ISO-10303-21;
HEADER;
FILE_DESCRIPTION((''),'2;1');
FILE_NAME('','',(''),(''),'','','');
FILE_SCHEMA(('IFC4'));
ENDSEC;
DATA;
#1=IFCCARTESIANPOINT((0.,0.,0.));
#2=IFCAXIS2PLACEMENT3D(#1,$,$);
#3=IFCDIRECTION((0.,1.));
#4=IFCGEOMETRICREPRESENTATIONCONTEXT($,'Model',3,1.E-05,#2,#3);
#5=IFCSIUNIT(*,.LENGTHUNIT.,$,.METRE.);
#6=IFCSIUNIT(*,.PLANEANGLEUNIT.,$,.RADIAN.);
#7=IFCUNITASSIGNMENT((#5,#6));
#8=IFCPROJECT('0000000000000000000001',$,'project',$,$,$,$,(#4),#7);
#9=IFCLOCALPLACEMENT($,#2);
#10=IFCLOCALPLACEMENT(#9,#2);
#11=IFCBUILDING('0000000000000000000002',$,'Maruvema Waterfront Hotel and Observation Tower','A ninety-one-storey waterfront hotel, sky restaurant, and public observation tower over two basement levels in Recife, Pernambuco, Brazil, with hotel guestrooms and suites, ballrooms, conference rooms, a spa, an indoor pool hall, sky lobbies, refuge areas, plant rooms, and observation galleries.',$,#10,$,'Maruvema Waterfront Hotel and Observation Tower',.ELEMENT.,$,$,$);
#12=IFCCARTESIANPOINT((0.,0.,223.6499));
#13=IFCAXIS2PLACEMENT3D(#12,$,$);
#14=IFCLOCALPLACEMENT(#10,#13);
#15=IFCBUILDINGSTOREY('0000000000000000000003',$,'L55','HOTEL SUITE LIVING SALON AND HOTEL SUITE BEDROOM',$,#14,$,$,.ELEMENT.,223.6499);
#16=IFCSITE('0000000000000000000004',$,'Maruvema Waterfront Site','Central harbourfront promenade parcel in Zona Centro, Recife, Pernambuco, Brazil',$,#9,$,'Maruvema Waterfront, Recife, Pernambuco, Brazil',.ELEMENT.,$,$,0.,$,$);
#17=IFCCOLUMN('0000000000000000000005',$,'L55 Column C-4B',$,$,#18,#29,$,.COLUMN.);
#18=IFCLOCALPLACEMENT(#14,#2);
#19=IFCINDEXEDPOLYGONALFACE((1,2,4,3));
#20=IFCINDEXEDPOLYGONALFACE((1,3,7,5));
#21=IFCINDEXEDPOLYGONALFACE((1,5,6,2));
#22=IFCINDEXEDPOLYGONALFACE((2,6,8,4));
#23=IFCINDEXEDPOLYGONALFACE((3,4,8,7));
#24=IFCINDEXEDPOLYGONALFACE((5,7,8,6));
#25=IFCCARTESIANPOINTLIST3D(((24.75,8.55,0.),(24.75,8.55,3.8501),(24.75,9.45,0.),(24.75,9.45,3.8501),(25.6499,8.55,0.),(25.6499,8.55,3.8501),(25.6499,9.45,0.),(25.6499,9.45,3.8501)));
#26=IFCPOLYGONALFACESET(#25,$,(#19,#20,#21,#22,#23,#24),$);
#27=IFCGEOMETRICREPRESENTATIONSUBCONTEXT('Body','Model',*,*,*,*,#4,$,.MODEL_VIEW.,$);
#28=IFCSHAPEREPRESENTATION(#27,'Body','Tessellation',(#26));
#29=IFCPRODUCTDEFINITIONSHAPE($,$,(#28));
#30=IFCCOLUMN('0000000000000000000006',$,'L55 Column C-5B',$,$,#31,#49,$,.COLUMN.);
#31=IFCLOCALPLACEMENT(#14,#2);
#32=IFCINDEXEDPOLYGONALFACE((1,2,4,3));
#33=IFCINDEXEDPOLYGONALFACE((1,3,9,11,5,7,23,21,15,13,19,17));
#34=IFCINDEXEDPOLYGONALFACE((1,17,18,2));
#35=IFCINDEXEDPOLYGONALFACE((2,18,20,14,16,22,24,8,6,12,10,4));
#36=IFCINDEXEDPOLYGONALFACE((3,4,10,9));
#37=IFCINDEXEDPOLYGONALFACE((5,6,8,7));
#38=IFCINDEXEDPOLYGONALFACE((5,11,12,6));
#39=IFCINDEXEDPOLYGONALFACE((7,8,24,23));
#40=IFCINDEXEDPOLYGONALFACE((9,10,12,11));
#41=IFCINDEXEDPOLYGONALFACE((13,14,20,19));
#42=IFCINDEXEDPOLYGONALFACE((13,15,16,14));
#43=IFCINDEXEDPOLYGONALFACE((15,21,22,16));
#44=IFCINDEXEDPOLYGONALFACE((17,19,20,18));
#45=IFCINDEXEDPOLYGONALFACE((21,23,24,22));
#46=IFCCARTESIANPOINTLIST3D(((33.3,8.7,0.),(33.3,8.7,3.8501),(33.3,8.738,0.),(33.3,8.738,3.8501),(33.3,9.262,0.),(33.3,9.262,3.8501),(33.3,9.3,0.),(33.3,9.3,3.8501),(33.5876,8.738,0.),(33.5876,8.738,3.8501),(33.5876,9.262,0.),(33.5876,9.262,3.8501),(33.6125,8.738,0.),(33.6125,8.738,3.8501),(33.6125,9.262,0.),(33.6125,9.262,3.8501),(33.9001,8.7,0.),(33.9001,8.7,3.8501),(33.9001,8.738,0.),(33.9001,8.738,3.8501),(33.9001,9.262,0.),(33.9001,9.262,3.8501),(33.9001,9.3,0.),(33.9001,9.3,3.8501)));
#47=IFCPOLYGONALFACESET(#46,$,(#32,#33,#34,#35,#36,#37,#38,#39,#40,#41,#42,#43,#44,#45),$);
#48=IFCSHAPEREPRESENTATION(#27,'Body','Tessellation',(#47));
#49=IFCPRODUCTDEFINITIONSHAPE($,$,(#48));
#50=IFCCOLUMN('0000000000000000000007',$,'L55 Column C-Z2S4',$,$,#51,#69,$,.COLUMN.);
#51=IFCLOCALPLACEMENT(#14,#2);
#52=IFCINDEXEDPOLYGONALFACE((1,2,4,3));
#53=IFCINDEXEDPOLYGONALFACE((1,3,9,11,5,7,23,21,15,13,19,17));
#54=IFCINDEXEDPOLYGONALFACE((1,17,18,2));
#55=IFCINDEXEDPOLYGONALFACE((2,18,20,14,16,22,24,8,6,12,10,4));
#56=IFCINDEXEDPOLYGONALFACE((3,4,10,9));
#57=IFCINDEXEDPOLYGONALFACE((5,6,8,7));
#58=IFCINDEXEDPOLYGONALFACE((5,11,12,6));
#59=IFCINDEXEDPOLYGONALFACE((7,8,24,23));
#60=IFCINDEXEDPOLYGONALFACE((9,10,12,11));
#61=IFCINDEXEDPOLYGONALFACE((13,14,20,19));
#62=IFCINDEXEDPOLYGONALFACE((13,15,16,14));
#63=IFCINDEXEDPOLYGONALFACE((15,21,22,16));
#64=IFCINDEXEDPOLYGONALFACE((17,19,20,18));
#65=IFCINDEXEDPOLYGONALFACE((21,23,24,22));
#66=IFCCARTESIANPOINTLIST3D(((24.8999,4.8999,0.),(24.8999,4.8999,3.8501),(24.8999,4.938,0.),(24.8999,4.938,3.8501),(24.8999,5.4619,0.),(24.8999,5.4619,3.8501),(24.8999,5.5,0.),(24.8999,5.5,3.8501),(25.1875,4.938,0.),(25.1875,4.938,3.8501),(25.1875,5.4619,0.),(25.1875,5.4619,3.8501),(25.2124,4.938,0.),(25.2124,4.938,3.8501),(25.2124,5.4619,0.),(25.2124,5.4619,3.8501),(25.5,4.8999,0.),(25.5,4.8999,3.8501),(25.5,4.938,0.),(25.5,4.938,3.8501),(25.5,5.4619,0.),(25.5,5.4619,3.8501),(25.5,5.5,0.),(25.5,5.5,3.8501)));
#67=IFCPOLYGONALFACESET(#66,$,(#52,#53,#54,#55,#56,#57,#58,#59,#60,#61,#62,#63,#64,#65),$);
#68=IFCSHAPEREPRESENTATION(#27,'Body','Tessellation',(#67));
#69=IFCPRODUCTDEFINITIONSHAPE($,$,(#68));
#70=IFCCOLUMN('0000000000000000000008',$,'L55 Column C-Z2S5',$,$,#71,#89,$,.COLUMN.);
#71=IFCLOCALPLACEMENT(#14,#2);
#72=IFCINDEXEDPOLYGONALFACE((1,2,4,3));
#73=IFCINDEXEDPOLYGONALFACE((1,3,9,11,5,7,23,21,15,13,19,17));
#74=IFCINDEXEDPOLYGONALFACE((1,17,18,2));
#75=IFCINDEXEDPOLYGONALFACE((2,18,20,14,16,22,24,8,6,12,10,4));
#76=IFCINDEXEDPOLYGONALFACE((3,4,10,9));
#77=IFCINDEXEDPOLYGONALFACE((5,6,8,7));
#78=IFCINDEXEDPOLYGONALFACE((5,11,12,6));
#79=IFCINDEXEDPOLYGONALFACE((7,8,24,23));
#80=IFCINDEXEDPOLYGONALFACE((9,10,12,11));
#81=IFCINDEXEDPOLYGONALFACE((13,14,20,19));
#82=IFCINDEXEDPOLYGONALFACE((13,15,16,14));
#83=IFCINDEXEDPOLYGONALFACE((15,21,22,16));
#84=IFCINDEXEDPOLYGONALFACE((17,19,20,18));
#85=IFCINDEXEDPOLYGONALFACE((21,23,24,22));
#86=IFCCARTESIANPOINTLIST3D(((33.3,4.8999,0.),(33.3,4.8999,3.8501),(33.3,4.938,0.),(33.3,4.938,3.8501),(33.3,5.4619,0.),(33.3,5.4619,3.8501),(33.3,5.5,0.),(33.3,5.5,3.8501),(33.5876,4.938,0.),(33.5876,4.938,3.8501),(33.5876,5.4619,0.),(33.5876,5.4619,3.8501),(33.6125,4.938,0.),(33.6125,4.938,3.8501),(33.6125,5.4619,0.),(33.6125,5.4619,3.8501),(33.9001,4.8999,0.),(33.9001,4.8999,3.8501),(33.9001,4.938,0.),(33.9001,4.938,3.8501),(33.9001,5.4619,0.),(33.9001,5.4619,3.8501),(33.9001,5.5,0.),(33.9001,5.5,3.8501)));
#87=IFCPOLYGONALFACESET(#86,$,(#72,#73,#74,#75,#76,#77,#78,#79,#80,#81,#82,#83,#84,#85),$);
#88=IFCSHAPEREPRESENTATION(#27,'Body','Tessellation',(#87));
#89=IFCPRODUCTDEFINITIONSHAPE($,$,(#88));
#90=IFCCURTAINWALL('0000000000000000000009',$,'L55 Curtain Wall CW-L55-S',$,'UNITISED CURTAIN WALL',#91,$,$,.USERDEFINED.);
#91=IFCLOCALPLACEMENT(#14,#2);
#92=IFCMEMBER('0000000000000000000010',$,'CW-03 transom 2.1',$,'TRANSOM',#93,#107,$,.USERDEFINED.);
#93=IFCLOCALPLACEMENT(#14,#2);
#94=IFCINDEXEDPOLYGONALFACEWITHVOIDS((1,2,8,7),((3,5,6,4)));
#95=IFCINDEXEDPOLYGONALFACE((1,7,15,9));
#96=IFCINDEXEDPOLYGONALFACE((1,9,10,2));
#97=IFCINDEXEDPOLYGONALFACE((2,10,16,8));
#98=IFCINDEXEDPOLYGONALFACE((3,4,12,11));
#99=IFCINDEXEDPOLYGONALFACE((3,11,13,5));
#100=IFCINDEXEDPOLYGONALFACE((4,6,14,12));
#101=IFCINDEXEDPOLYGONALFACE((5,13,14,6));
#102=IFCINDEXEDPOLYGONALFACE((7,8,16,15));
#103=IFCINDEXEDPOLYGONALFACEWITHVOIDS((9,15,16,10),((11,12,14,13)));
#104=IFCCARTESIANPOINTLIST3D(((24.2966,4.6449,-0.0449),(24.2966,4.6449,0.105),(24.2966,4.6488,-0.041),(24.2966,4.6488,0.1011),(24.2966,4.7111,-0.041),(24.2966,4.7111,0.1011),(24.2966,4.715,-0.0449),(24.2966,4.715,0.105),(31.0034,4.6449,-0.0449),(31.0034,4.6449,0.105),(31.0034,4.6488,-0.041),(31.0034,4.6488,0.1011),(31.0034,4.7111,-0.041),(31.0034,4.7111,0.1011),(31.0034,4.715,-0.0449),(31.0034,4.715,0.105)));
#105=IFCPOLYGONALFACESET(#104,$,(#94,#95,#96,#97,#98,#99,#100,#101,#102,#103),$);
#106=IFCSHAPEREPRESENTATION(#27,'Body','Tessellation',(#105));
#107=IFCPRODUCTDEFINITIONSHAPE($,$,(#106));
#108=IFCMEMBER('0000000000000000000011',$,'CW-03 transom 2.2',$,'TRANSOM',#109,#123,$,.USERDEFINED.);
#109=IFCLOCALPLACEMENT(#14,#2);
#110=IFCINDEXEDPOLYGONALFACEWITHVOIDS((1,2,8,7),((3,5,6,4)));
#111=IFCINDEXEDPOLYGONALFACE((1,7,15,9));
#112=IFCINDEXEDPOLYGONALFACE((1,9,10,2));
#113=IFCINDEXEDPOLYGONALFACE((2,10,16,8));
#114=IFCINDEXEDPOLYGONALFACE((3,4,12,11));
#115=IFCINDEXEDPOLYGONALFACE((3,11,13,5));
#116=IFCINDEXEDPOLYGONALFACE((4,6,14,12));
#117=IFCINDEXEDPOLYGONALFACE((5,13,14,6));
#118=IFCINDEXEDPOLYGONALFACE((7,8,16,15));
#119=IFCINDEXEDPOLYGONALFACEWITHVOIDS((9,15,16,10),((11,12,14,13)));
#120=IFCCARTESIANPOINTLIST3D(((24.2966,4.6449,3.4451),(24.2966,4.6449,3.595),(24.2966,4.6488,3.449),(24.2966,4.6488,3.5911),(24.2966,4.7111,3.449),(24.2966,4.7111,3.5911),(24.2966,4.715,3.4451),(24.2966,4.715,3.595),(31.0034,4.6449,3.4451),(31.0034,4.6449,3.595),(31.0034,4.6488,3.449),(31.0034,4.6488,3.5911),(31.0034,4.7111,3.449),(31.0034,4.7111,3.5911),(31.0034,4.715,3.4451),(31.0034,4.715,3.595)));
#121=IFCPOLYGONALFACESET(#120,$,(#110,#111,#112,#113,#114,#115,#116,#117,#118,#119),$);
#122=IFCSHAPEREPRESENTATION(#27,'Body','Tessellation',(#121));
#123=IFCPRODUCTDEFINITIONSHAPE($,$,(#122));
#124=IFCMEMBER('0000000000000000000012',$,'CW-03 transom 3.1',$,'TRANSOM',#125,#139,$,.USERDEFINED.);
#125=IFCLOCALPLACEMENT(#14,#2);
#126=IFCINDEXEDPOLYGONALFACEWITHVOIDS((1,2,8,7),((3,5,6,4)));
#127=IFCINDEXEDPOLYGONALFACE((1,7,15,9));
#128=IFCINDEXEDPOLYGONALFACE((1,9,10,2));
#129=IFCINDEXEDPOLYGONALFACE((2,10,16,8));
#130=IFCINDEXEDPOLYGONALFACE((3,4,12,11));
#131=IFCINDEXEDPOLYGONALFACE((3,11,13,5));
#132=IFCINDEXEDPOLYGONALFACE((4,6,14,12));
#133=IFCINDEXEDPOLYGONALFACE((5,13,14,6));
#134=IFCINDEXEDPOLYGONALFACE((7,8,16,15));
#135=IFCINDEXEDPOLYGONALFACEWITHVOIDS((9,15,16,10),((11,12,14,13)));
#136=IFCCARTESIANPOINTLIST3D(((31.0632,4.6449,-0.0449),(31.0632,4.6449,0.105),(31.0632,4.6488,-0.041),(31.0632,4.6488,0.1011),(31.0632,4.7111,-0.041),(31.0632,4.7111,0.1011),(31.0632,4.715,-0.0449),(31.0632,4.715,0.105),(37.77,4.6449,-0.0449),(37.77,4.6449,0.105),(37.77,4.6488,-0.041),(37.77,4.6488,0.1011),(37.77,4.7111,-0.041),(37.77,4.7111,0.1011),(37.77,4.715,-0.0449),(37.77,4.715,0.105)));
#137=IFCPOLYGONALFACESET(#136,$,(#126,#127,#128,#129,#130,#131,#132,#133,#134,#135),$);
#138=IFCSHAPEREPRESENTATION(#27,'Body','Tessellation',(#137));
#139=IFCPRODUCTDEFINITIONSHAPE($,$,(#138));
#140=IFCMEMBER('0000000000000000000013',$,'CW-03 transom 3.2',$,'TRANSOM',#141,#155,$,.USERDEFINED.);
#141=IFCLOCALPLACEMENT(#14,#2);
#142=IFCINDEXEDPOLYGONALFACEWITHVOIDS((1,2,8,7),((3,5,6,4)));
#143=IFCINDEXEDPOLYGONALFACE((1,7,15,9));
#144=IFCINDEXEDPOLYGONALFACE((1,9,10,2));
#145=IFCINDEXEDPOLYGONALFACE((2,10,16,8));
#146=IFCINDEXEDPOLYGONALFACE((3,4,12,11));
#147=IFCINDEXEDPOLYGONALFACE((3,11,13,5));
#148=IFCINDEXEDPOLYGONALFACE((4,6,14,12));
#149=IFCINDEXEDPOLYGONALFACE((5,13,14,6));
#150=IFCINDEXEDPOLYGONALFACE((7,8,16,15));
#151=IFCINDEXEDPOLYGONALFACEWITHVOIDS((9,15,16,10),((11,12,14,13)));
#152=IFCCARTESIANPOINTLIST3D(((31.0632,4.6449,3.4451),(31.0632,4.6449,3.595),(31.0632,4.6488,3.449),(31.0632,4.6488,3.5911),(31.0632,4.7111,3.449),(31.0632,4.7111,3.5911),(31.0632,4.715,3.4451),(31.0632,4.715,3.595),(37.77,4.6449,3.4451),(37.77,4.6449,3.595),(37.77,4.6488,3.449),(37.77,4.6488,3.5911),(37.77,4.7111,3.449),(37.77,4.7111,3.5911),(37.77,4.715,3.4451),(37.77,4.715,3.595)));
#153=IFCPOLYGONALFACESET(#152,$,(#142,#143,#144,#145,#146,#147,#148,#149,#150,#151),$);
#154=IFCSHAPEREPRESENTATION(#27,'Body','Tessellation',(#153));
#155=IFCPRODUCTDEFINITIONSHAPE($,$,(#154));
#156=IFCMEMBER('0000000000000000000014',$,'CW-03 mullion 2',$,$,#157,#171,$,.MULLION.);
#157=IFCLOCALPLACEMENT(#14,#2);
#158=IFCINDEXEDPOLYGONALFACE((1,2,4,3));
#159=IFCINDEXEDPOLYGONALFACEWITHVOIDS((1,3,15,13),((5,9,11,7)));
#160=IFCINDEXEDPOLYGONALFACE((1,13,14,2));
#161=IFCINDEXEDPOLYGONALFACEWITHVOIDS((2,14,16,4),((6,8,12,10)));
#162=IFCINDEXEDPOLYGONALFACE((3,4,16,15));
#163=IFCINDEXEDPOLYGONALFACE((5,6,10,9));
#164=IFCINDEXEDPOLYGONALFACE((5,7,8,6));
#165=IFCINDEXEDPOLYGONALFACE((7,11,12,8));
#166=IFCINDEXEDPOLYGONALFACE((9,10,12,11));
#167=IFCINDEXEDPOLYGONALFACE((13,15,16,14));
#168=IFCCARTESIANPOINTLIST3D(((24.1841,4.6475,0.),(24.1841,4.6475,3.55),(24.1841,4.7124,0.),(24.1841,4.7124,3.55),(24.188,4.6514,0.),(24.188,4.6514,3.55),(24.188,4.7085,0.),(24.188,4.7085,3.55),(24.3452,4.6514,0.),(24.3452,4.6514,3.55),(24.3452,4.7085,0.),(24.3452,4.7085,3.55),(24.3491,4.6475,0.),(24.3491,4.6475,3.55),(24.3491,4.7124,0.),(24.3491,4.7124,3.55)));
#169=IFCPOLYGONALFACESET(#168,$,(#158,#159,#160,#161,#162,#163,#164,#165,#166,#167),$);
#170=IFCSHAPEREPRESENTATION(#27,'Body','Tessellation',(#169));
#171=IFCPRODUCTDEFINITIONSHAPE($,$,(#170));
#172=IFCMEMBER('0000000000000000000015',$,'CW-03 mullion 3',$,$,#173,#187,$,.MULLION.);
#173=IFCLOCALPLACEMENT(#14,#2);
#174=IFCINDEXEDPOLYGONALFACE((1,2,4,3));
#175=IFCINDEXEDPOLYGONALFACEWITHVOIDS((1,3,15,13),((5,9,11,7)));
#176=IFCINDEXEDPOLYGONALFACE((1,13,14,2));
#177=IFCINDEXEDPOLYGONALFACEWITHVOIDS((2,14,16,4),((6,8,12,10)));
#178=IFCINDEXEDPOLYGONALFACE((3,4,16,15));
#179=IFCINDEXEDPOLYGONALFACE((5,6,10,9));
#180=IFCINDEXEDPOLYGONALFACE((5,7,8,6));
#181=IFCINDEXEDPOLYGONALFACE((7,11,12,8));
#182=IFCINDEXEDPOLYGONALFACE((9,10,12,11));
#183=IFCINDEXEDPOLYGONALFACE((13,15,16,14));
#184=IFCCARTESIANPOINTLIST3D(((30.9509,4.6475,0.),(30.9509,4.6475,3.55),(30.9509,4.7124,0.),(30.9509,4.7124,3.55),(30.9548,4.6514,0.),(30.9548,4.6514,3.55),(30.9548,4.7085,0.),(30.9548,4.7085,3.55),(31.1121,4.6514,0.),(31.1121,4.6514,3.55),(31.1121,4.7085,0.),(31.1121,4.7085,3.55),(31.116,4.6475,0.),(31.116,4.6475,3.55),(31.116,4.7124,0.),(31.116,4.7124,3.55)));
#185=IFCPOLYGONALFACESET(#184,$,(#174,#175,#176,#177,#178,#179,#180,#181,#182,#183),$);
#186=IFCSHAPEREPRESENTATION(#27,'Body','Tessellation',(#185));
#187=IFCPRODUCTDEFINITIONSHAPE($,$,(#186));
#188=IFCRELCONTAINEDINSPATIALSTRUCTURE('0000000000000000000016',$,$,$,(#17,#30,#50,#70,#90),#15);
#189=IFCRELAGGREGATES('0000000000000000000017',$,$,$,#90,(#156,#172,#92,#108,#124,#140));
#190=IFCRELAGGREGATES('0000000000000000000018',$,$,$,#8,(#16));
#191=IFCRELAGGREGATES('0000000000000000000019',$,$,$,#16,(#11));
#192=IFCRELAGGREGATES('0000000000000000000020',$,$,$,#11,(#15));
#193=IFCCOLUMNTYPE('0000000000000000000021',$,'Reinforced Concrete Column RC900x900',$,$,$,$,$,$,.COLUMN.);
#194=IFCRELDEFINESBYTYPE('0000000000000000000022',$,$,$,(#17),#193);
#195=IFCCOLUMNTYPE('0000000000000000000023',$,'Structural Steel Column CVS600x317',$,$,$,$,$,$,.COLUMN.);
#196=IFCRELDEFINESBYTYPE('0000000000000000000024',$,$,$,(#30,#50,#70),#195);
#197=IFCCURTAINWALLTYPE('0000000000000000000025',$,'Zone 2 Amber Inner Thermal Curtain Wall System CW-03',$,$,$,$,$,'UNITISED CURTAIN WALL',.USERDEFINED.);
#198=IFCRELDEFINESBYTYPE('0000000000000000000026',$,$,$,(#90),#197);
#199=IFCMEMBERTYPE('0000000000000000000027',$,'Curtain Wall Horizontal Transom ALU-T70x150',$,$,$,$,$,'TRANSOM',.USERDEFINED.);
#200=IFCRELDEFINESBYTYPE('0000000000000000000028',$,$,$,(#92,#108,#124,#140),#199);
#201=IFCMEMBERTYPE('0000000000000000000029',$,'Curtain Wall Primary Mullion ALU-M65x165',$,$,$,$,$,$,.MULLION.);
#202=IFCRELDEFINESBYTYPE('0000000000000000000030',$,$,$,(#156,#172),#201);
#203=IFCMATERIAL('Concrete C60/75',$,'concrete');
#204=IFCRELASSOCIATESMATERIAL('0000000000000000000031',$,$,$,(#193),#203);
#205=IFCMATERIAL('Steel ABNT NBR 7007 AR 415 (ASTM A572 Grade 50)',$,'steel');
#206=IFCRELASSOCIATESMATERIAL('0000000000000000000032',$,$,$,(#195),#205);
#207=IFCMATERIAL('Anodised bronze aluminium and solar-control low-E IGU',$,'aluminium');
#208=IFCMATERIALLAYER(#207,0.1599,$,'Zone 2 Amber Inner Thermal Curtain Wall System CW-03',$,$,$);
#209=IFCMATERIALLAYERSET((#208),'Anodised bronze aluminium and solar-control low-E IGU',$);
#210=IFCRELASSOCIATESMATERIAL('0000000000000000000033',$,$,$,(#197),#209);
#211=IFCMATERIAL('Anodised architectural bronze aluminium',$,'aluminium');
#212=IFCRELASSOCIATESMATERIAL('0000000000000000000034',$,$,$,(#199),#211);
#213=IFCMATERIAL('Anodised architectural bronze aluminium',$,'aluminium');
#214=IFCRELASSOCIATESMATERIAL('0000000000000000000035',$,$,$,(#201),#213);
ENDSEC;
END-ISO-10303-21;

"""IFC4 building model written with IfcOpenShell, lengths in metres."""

from ifc_helpers import new_model, si_unit, direction, frame, origin, origin_2d, place, context, subcontext, project, spatial, rectangle, hollow_rectangle, i_section, extrude, material, layer, layer_set, material_profile, profile_set, type_object, element, aggregate, save


model = new_model("IFC4")

# Units and contexts
model_context = context("Model", 3, precision=1e-05, world=origin(), true_north=direction((0.0, 1.0)))
body_context = subcontext(model_context, "Body", "Model", "MODEL_VIEW")
ifc_project = project(units=[si_unit("LENGTHUNIT", "METRE"), si_unit("PLANEANGLEUNIT", "RADIAN")], contexts=[model_context])

# Site, building, storey
site_placement = place(None, origin())
site = spatial("IfcSite", under=ifc_project, at=site_placement, Name="Maruvema Waterfront Site", Description="Central harbourfront promenade parcel in Zona Centro, Recife, Pernambuco, Brazil", LongName="Maruvema Waterfront, Recife, Pernambuco, Brazil", CompositionType="ELEMENT", RefElevation=0.0)
building_placement = place(site_placement, origin())
building = spatial("IfcBuilding", under=site, at=building_placement, Name="Maruvema Waterfront Hotel and Observation Tower", Description="A ninety-one-storey waterfront hotel, sky restaurant, and public observation tower over two basement levels in Recife, Pernambuco, Brazil, with hotel guestrooms and suites, ballrooms, conference rooms, a spa, an indoor pool hall, sky lobbies, refuge areas, plant rooms, and observation galleries.", LongName="Maruvema Waterfront Hotel and Observation Tower", CompositionType="ELEMENT")
storey_placement = place(building_placement, frame((0.0, 0.0, 223.6499)))
storey = spatial("IfcBuildingStorey", under=building, at=storey_placement, Name="L55", Description="HOTEL SUITE LIVING SALON AND HOTEL SUITE BEDROOM", CompositionType="ELEMENT", Elevation=223.6499)

# Columns
ifc_material_1 = material(Name="Concrete C60/75", Category="concrete")
ifc_material_profile_1 = material_profile(ifc_material_1, rectangle(XDim=0.8999, YDim=0.8999, at=origin_2d()), Name="RC900x900")
ifc_profile_set_1 = profile_set([ifc_material_profile_1], Name="Concrete C60/75")
column_type_1 = type_object("IfcColumnType", Name="Reinforced Concrete Column RC900x900", PredefinedType="COLUMN", material=ifc_profile_set_1)
column_placement = place(storey_placement, frame((25.2, 9.0, 0.0), z_axis=(0.0, 0.0, 1.0), x_axis=(1.0, 0.0, 0.0)))
element("IfcColumn", 1, at=column_placement, inside=storey, type_object=column_type_1, Name="L55 Column C-4B", PredefinedType="COLUMN", context=body_context, shape_type="SweptSolid", body=[
    extrude(rectangle(XDim=0.8999, YDim=0.8999, at=origin_2d()), origin(), (0.0, 0.0, 1.0), 3.8501),
])
ifc_material_2 = material(Name="Steel ABNT NBR 7007 AR 415 (ASTM A572 Grade 50)", Category="steel")
ifc_material_profile_2 = material_profile(ifc_material_2, i_section(OverallWidth=0.6001, OverallDepth=0.6001, WebThickness=0.0249, FlangeThickness=0.0381, at=origin_2d()), Name="CVS600x317")
ifc_profile_set_2 = profile_set([ifc_material_profile_2], Name="Steel ABNT NBR 7007 AR 415 (ASTM A572 Grade 50)")
column_type_2 = type_object("IfcColumnType", Name="Structural Steel Column CVS600x317", PredefinedType="COLUMN", material=ifc_profile_set_2)
for number, where, z_axis, x_axis, name in (
    (2, (33.6001, 9.0, 0.0), (0.0, 0.0, 1.0), (1.0, 0.0, 0.0), "L55 Column C-5B"),
    (3, (25.2, 5.2, 0.0), (0.0, 0.0, 1.0), (1.0, 0.0, 0.0), "L55 Column C-Z2S4"),
    (4, (33.6001, 5.2, 0.0), (0.0, 0.0, 1.0), (1.0, 0.0, 0.0), "L55 Column C-Z2S5"),
):
    element("IfcColumn", number, at=place(storey_placement, frame(where, z_axis=z_axis, x_axis=x_axis)), inside=storey, type_object=column_type_2, Name=name, PredefinedType="COLUMN", context=body_context, shape_type="SweptSolid", body=[
        extrude(i_section(OverallWidth=0.6001, OverallDepth=0.6001, WebThickness=0.0249, FlangeThickness=0.0381, at=origin_2d()), origin(), (0.0, 0.0, 1.0), 3.8501),
    ])

# Curtain wall, members
ifc_material_3 = material(Name="Anodised bronze aluminium and solar-control low-E IGU", Category="aluminium")
ifc_layer_1 = layer(ifc_material_3, 0.1599, Name="Zone 2 Amber Inner Thermal Curtain Wall System CW-03")
ifc_layer_set_1 = layer_set([ifc_layer_1], Name="Anodised bronze aluminium and solar-control low-E IGU")
curtain_wall_type = type_object("IfcCurtainWallType", Name="Zone 2 Amber Inner Thermal Curtain Wall System CW-03", ElementType="UNITISED CURTAIN WALL", PredefinedType="USERDEFINED", material=ifc_layer_set_1)
curtain_wall_placement = place(storey_placement, origin())
curtain_wall = element("IfcCurtainWall", 5, at=curtain_wall_placement, inside=storey, type_object=curtain_wall_type, Name="L55 Curtain Wall CW-L55-S", ObjectType="UNITISED CURTAIN WALL", PredefinedType="USERDEFINED")
ifc_material_4 = material(Name="Anodised architectural bronze aluminium", Category="aluminium")
ifc_material_profile_3 = material_profile(ifc_material_4, hollow_rectangle(XDim=0.0701, YDim=0.1499, WallThickness=0.0039, at=origin_2d()), Name="ALU-T70x150")
ifc_profile_set_3 = profile_set([ifc_material_profile_3], Name="Anodised architectural bronze aluminium")
member_type_1 = type_object("IfcMemberType", Name="Curtain Wall Horizontal Transom ALU-T70x150", ElementType="TRANSOM", PredefinedType="USERDEFINED", material=ifc_profile_set_3)
member_1_placement = place(storey_placement, frame((24.2966, 4.6799, 0.03), z_axis=(1.0, 0.0, 0.0), x_axis=(0.0, 1.0, 0.0)))
member_1 = element("IfcMember", 6, at=member_1_placement, type_object=member_type_1, Name="CW-03 transom 2.1", ObjectType="TRANSOM", PredefinedType="USERDEFINED", context=body_context, shape_type="SweptSolid", body=[
    extrude(hollow_rectangle(XDim=0.0701, YDim=0.1499, WallThickness=0.0039, at=origin_2d()), origin(), (0.0, 0.0, 1.0), 6.7068),
])
member_2_placement = place(storey_placement, frame((24.2966, 4.6799, 3.52), z_axis=(1.0, 0.0, 0.0), x_axis=(0.0, 1.0, 0.0)))
member_2 = element("IfcMember", 7, at=member_2_placement, type_object=member_type_1, Name="CW-03 transom 2.2", ObjectType="TRANSOM", PredefinedType="USERDEFINED", context=body_context, shape_type="SweptSolid", body=[
    extrude(hollow_rectangle(XDim=0.0701, YDim=0.1499, WallThickness=0.0039, at=origin_2d()), origin(), (0.0, 0.0, 1.0), 6.7068),
])
member_3_placement = place(storey_placement, frame((31.0632, 4.6799, 0.03), z_axis=(1.0, 0.0, 0.0), x_axis=(0.0, 1.0, 0.0)))
member_3 = element("IfcMember", 8, at=member_3_placement, type_object=member_type_1, Name="CW-03 transom 3.1", ObjectType="TRANSOM", PredefinedType="USERDEFINED", context=body_context, shape_type="SweptSolid", body=[
    extrude(hollow_rectangle(XDim=0.0701, YDim=0.1499, WallThickness=0.0039, at=origin_2d()), origin(), (0.0, 0.0, 1.0), 6.7068),
])
member_4_placement = place(storey_placement, frame((31.0632, 4.6799, 3.52), z_axis=(1.0, 0.0, 0.0), x_axis=(0.0, 1.0, 0.0)))
member_4 = element("IfcMember", 9, at=member_4_placement, type_object=member_type_1, Name="CW-03 transom 3.2", ObjectType="TRANSOM", PredefinedType="USERDEFINED", context=body_context, shape_type="SweptSolid", body=[
    extrude(hollow_rectangle(XDim=0.0701, YDim=0.1499, WallThickness=0.0039, at=origin_2d()), origin(), (0.0, 0.0, 1.0), 6.7068),
])
ifc_material_5 = material(Name="Anodised architectural bronze aluminium", Category="aluminium")
ifc_material_profile_4 = material_profile(ifc_material_5, hollow_rectangle(XDim=0.0649, YDim=0.165, WallThickness=0.0039, at=origin_2d()), Name="ALU-M65x165")
ifc_profile_set_4 = profile_set([ifc_material_profile_4], Name="Anodised architectural bronze aluminium")
member_type_2 = type_object("IfcMemberType", Name="Curtain Wall Primary Mullion ALU-M65x165", PredefinedType="MULLION", material=ifc_profile_set_4)
member_5_placement = place(storey_placement, frame((24.2666, 4.6799, 0.0), z_axis=(0.0, 0.0, 1.0), x_axis=(0.0, 1.0, 0.0)))
member_5 = element("IfcMember", 10, at=member_5_placement, type_object=member_type_2, Name="CW-03 mullion 2", PredefinedType="MULLION", context=body_context, shape_type="SweptSolid", body=[
    extrude(hollow_rectangle(XDim=0.0649, YDim=0.165, WallThickness=0.0039, at=origin_2d()), origin(), (0.0, 0.0, 1.0), 3.55),
])
member_6_placement = place(storey_placement, frame((31.0334, 4.6799, 0.0), z_axis=(0.0, 0.0, 1.0), x_axis=(0.0, 1.0, 0.0)))
member_6 = element("IfcMember", 11, at=member_6_placement, type_object=member_type_2, Name="CW-03 mullion 3", PredefinedType="MULLION", context=body_context, shape_type="SweptSolid", body=[
    extrude(hollow_rectangle(XDim=0.0649, YDim=0.165, WallThickness=0.0039, at=origin_2d()), origin(), (0.0, 0.0, 1.0), 3.55),
])

aggregate(curtain_wall, [member_5, member_6, member_1, member_2, member_3, member_4])

save(model, "model.ifc")
